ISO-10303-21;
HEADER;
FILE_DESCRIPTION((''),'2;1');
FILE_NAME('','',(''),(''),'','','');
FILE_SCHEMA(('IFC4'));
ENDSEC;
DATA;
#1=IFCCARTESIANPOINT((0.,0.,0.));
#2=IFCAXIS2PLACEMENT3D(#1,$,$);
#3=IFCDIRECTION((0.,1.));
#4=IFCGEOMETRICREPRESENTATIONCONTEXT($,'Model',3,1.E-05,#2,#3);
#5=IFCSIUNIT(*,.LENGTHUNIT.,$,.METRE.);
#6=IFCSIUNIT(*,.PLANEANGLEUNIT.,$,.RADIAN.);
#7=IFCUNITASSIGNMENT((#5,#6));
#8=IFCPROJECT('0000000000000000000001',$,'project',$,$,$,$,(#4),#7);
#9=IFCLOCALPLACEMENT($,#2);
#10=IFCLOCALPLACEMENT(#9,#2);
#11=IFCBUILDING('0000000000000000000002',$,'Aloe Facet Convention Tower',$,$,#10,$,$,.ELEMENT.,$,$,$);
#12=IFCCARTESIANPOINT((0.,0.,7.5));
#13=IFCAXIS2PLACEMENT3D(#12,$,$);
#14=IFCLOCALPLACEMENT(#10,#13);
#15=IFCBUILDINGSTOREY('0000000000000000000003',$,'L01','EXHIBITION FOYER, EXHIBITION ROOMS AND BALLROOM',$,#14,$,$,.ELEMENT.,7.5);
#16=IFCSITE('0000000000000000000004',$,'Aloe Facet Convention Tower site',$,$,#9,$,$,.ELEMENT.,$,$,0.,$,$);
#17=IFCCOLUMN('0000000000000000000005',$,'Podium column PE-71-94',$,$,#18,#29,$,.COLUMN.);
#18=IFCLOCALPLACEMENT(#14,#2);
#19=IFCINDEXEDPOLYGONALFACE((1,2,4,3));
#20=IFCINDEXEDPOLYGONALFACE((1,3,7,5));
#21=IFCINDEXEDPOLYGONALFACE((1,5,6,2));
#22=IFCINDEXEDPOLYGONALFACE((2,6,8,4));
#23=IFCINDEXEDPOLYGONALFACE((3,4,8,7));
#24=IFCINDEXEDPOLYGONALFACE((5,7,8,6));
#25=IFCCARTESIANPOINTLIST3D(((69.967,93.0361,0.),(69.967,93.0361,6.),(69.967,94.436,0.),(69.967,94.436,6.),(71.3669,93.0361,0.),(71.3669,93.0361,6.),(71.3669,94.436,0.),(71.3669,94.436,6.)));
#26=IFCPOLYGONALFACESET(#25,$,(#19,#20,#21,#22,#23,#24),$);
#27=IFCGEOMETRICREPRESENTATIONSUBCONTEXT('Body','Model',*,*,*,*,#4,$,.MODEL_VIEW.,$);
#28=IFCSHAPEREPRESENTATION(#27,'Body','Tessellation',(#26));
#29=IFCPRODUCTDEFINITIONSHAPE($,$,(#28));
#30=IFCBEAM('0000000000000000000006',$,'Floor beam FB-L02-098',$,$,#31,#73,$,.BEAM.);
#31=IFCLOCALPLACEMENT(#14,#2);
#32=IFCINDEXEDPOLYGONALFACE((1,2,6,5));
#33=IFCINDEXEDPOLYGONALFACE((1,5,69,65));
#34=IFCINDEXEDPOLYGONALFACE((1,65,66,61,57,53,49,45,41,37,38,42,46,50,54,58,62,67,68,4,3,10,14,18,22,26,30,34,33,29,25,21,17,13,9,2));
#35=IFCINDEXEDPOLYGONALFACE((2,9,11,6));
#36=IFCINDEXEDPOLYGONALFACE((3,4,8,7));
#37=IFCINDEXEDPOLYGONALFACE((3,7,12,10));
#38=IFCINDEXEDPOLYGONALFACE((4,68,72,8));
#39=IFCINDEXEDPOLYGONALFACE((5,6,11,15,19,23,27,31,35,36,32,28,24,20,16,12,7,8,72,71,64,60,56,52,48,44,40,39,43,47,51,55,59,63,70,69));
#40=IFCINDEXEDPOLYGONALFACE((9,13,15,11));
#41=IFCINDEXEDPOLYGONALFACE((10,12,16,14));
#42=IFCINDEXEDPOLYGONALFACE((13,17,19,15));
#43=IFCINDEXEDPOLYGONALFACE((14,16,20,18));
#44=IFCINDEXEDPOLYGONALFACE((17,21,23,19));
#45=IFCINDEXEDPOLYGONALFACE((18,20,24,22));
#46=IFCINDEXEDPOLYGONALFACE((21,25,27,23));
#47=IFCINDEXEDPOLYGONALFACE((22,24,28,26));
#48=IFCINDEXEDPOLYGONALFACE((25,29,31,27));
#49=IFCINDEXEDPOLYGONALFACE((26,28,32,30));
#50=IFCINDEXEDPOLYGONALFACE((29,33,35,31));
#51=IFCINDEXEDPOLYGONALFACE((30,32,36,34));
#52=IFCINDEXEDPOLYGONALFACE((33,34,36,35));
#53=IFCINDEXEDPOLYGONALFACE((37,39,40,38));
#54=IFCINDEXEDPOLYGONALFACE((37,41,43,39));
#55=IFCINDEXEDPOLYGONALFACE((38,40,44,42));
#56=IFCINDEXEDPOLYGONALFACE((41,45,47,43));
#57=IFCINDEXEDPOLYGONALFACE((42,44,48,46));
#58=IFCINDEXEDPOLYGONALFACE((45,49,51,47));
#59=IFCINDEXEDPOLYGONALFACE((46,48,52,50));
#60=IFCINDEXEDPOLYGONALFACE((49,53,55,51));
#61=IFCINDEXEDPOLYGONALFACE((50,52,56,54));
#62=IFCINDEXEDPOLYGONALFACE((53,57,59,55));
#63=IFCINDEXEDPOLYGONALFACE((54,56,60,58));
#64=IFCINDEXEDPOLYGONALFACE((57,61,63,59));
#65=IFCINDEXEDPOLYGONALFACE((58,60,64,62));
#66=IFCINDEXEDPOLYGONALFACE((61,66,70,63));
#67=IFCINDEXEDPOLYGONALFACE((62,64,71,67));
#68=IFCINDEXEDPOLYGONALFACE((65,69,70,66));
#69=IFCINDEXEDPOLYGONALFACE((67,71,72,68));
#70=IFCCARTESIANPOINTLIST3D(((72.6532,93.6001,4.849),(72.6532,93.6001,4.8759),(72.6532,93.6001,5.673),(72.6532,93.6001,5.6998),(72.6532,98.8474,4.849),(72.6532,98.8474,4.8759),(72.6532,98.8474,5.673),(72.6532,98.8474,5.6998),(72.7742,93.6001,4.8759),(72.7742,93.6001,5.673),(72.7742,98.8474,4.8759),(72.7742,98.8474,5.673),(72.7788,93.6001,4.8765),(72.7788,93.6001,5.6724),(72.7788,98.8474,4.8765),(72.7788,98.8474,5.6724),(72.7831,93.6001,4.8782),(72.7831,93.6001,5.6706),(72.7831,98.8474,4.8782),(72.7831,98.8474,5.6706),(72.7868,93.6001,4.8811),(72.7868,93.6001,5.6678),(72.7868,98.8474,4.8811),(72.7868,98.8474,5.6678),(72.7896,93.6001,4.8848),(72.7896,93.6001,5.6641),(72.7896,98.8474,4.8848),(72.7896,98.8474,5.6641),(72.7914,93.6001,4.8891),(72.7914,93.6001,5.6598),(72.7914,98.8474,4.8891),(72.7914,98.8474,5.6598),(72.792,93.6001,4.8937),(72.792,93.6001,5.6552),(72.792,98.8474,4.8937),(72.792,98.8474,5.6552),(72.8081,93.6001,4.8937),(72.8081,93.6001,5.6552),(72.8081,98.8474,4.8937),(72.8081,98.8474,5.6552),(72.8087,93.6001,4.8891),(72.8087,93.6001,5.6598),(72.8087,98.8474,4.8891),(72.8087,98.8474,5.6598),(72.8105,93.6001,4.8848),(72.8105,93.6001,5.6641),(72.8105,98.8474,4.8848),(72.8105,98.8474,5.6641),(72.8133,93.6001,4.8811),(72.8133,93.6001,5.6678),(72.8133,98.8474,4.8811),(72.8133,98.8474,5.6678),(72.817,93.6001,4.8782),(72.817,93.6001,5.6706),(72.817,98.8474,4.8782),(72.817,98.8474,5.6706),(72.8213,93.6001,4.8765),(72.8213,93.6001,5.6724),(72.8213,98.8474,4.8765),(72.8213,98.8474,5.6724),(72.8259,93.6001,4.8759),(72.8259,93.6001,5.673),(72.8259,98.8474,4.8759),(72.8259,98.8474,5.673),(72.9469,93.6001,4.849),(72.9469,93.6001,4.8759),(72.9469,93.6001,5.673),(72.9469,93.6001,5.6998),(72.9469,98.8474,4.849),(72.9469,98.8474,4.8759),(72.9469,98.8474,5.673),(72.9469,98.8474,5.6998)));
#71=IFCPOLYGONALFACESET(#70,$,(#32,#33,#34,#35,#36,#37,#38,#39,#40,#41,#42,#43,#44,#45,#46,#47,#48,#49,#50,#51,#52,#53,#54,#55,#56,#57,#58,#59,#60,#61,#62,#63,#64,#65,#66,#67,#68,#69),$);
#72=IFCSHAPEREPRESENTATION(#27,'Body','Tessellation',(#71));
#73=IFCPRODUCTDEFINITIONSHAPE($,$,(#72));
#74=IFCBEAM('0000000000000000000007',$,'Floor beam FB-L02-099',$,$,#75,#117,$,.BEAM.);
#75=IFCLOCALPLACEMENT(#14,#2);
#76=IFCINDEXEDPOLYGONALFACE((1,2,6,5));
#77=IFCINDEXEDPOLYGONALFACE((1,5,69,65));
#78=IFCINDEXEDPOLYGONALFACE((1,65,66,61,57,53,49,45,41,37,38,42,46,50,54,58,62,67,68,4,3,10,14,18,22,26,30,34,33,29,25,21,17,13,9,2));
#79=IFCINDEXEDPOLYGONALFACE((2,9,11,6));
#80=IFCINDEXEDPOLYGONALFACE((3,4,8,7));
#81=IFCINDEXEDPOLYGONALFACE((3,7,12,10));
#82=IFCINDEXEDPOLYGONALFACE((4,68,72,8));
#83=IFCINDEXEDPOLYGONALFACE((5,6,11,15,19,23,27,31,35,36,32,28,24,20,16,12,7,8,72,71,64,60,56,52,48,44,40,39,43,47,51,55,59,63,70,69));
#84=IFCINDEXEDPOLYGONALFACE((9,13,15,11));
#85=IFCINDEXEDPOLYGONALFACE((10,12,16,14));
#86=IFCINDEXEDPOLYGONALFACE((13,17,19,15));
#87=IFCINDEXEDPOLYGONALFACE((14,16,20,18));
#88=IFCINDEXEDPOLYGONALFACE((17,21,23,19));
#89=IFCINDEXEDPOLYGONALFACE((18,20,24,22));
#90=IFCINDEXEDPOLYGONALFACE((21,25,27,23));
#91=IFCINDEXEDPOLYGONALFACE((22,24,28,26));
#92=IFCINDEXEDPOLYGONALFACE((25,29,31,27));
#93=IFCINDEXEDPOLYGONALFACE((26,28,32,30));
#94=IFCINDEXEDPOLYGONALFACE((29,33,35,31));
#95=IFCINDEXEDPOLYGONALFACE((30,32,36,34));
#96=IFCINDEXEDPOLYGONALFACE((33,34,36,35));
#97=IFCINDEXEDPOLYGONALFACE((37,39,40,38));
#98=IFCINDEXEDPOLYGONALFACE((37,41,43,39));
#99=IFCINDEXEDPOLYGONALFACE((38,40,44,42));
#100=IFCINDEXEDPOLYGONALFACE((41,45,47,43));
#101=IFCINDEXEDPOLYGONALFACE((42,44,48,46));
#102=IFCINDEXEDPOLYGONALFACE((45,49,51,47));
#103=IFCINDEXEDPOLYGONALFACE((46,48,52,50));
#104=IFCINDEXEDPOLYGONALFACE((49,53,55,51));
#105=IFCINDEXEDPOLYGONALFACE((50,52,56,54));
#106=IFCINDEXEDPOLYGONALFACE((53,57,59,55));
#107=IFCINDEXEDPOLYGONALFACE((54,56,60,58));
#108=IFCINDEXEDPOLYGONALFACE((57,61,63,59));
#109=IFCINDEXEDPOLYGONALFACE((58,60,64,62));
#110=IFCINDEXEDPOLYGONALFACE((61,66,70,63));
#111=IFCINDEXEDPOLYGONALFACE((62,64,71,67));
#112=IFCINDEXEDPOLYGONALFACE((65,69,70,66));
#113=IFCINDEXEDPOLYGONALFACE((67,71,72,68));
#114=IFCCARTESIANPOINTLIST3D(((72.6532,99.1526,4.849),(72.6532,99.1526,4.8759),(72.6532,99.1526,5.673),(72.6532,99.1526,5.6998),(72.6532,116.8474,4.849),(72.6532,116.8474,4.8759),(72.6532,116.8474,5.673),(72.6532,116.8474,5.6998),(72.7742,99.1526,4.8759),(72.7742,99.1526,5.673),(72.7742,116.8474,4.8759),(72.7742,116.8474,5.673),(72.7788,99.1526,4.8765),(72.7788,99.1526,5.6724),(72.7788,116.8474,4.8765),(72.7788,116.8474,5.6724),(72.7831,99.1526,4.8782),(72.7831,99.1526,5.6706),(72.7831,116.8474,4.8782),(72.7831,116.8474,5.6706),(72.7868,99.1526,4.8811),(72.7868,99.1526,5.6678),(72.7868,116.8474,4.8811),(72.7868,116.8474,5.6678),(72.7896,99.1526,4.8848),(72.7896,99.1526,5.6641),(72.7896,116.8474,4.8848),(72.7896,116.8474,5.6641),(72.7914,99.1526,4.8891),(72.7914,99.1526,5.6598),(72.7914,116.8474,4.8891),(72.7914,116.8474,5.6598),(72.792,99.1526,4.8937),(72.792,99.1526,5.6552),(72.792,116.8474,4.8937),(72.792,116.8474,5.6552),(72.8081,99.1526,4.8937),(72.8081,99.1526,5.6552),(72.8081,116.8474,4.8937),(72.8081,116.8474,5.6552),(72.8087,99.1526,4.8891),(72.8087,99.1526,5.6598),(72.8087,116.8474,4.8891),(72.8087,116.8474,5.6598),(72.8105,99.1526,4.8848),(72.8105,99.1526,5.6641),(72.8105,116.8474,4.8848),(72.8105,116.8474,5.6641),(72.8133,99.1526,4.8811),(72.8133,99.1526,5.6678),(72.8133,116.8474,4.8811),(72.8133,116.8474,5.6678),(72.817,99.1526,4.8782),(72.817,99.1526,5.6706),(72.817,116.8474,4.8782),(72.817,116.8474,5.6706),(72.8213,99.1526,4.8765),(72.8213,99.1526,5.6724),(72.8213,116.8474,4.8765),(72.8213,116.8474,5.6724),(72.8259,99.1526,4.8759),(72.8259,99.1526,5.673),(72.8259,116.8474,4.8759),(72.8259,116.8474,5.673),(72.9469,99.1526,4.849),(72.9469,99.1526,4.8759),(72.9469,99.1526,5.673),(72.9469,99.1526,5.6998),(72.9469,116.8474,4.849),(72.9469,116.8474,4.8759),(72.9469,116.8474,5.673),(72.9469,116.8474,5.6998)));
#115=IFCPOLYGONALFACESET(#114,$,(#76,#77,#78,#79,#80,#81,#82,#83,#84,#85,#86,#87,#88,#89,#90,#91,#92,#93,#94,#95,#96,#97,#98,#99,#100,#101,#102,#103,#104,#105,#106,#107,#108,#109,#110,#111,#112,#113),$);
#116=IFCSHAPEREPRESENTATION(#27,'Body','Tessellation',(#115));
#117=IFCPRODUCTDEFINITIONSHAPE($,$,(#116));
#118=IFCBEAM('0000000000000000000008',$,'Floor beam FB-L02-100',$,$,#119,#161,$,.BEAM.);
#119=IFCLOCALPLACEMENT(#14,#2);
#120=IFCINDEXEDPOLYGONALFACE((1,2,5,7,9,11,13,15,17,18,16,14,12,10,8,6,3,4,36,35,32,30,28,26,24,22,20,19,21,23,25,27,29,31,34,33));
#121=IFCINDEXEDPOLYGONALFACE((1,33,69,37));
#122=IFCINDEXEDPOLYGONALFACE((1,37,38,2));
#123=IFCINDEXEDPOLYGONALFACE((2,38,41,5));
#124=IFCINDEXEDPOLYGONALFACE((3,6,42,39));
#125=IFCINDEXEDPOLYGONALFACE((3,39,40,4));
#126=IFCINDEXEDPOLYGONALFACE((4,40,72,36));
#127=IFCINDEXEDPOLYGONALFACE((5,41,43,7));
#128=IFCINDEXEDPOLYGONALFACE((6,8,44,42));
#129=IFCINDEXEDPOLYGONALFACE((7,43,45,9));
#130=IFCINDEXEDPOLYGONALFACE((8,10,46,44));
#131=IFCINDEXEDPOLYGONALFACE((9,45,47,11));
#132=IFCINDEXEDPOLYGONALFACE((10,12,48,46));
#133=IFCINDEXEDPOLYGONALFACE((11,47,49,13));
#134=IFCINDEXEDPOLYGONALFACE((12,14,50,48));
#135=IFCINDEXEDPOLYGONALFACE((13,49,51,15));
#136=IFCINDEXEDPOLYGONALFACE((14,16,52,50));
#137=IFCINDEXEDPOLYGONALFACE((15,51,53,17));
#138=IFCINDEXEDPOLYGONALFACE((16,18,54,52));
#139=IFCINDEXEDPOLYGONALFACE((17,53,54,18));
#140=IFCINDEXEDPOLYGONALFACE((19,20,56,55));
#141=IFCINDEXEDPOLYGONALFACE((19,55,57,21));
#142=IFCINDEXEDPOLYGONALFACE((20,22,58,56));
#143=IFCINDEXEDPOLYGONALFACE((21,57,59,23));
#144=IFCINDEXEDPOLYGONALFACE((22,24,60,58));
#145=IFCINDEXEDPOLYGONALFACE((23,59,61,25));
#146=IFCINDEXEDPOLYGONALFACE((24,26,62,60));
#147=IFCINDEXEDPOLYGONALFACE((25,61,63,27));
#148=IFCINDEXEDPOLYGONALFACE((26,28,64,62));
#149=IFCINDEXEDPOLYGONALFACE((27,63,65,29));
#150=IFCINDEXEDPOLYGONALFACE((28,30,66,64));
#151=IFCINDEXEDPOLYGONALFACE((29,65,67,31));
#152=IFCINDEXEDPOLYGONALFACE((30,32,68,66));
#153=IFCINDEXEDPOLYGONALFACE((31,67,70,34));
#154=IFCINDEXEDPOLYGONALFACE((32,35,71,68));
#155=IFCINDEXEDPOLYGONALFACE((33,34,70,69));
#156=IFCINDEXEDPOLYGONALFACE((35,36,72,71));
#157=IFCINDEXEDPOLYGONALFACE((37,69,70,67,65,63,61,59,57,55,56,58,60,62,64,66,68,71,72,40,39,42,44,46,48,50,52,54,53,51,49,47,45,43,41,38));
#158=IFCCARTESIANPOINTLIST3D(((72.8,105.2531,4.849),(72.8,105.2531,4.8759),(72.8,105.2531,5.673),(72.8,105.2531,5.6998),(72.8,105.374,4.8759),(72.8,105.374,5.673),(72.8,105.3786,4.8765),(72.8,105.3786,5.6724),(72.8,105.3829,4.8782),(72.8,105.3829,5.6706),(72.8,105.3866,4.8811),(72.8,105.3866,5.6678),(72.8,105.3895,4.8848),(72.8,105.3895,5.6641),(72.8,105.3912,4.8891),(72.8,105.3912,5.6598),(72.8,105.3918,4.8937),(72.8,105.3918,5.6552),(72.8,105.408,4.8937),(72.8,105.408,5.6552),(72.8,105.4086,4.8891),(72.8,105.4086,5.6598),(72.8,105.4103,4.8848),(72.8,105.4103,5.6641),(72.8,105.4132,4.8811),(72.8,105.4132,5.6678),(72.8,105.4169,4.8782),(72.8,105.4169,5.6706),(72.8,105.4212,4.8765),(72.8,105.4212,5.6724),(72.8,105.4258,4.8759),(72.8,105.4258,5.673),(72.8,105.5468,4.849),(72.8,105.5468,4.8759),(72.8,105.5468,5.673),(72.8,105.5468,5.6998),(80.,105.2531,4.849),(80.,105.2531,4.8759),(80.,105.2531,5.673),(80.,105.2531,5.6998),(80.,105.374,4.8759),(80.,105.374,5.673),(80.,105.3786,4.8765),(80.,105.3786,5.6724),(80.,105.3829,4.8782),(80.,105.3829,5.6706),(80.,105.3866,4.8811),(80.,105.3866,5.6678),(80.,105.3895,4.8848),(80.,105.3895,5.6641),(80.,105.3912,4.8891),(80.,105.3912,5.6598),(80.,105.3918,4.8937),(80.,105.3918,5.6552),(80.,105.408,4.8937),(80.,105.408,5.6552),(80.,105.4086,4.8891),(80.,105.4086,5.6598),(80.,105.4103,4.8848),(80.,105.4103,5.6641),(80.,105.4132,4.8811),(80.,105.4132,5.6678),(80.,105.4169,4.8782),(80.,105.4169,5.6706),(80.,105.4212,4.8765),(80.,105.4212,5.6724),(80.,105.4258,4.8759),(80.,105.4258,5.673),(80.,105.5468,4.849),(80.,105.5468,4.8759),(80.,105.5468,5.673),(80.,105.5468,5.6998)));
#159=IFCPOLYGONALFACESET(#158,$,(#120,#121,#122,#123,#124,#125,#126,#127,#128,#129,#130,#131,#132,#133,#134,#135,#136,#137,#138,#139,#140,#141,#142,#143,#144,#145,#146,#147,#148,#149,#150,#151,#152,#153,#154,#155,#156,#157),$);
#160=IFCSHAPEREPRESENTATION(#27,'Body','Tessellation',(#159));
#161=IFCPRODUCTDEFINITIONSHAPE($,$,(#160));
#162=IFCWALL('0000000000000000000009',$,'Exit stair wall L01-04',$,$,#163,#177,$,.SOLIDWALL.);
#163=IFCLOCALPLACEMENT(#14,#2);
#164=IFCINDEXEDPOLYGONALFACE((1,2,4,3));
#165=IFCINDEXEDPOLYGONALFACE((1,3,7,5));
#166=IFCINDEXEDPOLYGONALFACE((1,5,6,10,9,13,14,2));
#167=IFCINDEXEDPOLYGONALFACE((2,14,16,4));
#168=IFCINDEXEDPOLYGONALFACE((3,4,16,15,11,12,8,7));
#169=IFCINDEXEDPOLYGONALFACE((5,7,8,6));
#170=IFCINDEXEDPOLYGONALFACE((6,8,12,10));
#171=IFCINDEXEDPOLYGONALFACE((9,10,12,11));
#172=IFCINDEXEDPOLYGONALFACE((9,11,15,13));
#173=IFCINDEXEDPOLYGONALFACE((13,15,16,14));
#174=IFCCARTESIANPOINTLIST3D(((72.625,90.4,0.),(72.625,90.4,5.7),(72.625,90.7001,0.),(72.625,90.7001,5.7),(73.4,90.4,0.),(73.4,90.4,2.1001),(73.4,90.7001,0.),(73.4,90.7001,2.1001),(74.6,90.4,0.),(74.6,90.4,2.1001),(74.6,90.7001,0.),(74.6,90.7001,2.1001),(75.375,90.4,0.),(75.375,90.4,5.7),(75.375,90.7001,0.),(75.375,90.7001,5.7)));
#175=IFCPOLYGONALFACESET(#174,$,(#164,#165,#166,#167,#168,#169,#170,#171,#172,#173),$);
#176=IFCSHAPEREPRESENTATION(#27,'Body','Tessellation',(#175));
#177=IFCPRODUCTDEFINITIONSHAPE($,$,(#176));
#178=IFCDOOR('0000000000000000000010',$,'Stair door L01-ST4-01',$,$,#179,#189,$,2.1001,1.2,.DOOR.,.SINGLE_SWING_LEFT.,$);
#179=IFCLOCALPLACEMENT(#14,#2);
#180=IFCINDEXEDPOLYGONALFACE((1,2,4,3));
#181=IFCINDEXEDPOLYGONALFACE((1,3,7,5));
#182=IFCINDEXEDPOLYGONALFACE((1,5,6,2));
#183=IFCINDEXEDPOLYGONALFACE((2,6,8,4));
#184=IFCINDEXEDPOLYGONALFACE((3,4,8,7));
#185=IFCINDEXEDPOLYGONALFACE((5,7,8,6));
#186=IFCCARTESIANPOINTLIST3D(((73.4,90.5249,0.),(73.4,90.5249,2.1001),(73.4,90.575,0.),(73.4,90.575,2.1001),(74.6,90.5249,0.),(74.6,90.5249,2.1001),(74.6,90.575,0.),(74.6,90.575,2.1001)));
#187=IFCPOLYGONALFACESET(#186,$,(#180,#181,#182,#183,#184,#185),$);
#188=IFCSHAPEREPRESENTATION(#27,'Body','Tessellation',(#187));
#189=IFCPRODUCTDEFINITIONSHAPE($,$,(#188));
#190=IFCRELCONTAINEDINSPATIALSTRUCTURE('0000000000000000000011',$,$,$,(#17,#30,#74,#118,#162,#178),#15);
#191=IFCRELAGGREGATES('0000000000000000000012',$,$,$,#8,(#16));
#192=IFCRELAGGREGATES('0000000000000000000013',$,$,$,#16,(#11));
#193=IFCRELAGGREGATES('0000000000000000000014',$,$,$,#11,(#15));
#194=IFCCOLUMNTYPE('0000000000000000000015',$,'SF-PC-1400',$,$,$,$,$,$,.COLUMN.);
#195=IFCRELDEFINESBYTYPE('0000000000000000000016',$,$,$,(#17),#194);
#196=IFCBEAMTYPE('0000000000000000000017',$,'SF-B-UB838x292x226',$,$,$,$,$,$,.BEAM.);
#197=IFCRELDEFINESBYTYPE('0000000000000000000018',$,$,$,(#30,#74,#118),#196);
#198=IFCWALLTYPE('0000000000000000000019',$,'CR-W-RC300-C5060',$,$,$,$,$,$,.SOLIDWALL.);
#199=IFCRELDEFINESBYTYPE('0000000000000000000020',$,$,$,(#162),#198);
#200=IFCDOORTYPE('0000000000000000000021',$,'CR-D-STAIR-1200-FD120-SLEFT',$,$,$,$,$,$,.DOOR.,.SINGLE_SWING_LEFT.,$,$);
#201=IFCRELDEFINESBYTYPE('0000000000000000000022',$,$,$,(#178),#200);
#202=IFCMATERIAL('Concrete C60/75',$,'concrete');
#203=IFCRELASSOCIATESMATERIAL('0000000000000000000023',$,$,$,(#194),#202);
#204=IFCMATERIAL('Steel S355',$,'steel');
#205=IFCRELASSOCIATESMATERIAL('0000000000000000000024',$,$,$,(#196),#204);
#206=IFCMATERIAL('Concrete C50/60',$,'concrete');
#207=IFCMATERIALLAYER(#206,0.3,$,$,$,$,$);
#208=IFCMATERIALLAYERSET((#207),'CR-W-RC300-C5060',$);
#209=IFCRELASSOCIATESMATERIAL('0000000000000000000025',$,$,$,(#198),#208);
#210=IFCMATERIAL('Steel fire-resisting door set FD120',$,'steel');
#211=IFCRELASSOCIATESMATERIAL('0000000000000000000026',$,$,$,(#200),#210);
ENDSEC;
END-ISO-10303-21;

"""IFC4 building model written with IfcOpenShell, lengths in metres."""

from ifc_helpers import new_model, si_unit, direction, frame, frame_2d, origin, origin_2d, place, context, subcontext, project, spatial, rectangle, i_section, extrude, material, layer, layer_set, material_profile, profile_set, type_object, element, fill, save


model = new_model("IFC4")

# Units and contexts
model_context = context("Model", 3, precision=1e-05, world=origin(), true_north=direction((0.0, 1.0)))
body_context = subcontext(model_context, "Body", "Model", "MODEL_VIEW")
ifc_project = project(units=[si_unit("LENGTHUNIT", "METRE"), si_unit("PLANEANGLEUNIT", "RADIAN")], contexts=[model_context])

# Site, building, storey
site_placement = place(None, origin())
site = spatial("IfcSite", under=ifc_project, at=site_placement, Name="Aloe Facet Convention Tower site", CompositionType="ELEMENT", RefElevation=0.0)
building_placement = place(site_placement, origin())
building = spatial("IfcBuilding", under=site, at=building_placement, Name="Aloe Facet Convention Tower", CompositionType="ELEMENT")
storey_placement = place(building_placement, frame((0.0, 0.0, 7.5)))
storey = spatial("IfcBuildingStorey", under=building, at=storey_placement, Name="L01", Description="EXHIBITION FOYER, EXHIBITION ROOMS AND BALLROOM", CompositionType="ELEMENT", Elevation=7.5)

# Column
ifc_material_1 = material(Name="Concrete C60/75", Category="concrete")
ifc_material_profile_1 = material_profile(ifc_material_1, rectangle(XDim=1.3999, YDim=1.3999, at=origin_2d()), Name="SF-PC-1400")
ifc_profile_set_1 = profile_set([ifc_material_profile_1], Name="Concrete C60/75")
column_type = type_object("IfcColumnType", Name="SF-PC-1400", PredefinedType="COLUMN", material=ifc_profile_set_1)
column_placement = place(storey_placement, frame((70.667, 93.7361, 0.0), z_axis=(0.0, 0.0, 1.0), x_axis=(1.0, 0.0, 0.0)))
element("IfcColumn", 1, at=column_placement, inside=storey, type_object=column_type, Name="Podium column PE-71-94", PredefinedType="COLUMN", context=body_context, shape_type="SweptSolid", body=[
    extrude(rectangle(XDim=1.3999, YDim=1.3999, at=origin_2d()), origin(), (0.0, 0.0, 1.0), 6.0),
])

# Beams
ifc_material_2 = material(Name="Steel S355", Category="steel")
ifc_material_profile_2 = material_profile(ifc_material_2, i_section(OverallWidth=0.2937, OverallDepth=0.8508, WebThickness=0.0161, FlangeThickness=0.0269, FilletRadius=0.0178, at=origin_2d()), Name="UB 838x292x226")
ifc_profile_set_2 = profile_set([ifc_material_profile_2], Name="Steel S355")
beam_type = type_object("IfcBeamType", Name="SF-B-UB838x292x226", PredefinedType="BEAM", material=ifc_profile_set_2)
beam_1_placement = place(storey_placement, frame((72.8, 93.6001, 5.2744), z_axis=(0.0, 1.0, 0.0), x_axis=(-1.0, 0.0, 0.0)))
element("IfcBeam", 2, at=beam_1_placement, inside=storey, type_object=beam_type, Name="Floor beam FB-L02-098", PredefinedType="BEAM", context=body_context, shape_type="SweptSolid", body=[
    extrude(i_section(OverallWidth=0.2937, OverallDepth=0.8508, WebThickness=0.0161, FlangeThickness=0.0269, FilletRadius=0.0178, at=origin_2d()), origin(), (0.0, 0.0, 1.0), 5.2473),
])
beam_2_placement = place(storey_placement, frame((72.8, 99.1526, 5.2744), z_axis=(0.0, 1.0, 0.0), x_axis=(-1.0, 0.0, 0.0)))
element("IfcBeam", 3, at=beam_2_placement, inside=storey, type_object=beam_type, Name="Floor beam FB-L02-099", PredefinedType="BEAM", context=body_context, shape_type="SweptSolid", body=[
    extrude(i_section(OverallWidth=0.2937, OverallDepth=0.8508, WebThickness=0.0161, FlangeThickness=0.0269, FilletRadius=0.0178, at=origin_2d()), origin(), (0.0, 0.0, 1.0), 17.6948),
])
beam_3_placement = place(storey_placement, frame((72.8, 105.3999, 5.2744), z_axis=(1.0, 0.0, 0.0), x_axis=(0.0, 1.0, 0.0)))
element("IfcBeam", 4, at=beam_3_placement, inside=storey, type_object=beam_type, Name="Floor beam FB-L02-100", PredefinedType="BEAM", context=body_context, shape_type="SweptSolid", body=[
    extrude(i_section(OverallWidth=0.2937, OverallDepth=0.8508, WebThickness=0.0161, FlangeThickness=0.0269, FilletRadius=0.0178, at=origin_2d()), origin(), (0.0, 0.0, 1.0), 7.2),
])

# Wall, opening, door
ifc_material_3 = material(Name="Concrete C50/60", Category="concrete")
ifc_layer_1 = layer(ifc_material_3, 0.3)
ifc_layer_set_1 = layer_set([ifc_layer_1], Name="CR-W-RC300-C5060")
wall_type_1 = type_object("IfcWallType", Name="CR-W-RC300-C5060", PredefinedType="SOLIDWALL", material=ifc_layer_set_1)
wall_1_placement = place(storey_placement, frame((72.625, 90.55, 0.0), z_axis=(0.0, 0.0, 1.0), x_axis=(1.0, 0.0, 0.0)))
wall_1 = element("IfcWall", 5, at=wall_1_placement, inside=storey, type_object=wall_type_1, Name="Exit stair wall L01-04", PredefinedType="SOLIDWALL", context=body_context, shape_type="SweptSolid", body=[
    extrude(rectangle(XDim=2.75, YDim=0.3, at=frame_2d((1.375, 0.0))), origin(), (0.0, 0.0, 1.0), 5.7),
])
opening_1_placement = place(wall_1_placement, frame((0.7749, 0.0, 0.0)))
opening_1 = element("IfcOpeningElement", 6, at=opening_1_placement, cuts=wall_1, PredefinedType="OPENING", context=body_context, shape_type="SweptSolid", body=[
    extrude(rectangle(XDim=1.2, YDim=2.1001, at=frame_2d((0.6001, 1.05))), frame((0.0, 0.1602, 0.0), z_axis=(0.0, -1.0, 0.0), x_axis=(1.0, 0.0, 0.0)), (0.0, 0.0, 1.0), 0.3201),
])
ifc_material_4 = material(Name="Steel fire-resisting door set FD120", Category="steel")
door_type_1 = type_object("IfcDoorType", Name="CR-D-STAIR-1200-FD120-SLEFT", OperationType="SINGLE_SWING_LEFT", PredefinedType="DOOR", material=ifc_material_4)
door_1_placement = place(opening_1_placement, origin())
door_1 = element("IfcDoor", 7, at=door_1_placement, inside=storey, type_object=door_type_1, Name="Stair door L01-ST4-01", OperationType="SINGLE_SWING_LEFT", OverallHeight=2.1001, OverallWidth=1.2, PredefinedType="DOOR", context=body_context, shape_type="SweptSolid", body=[
    extrude(rectangle(XDim=1.2, YDim=2.1001, at=frame_2d((0.6001, 1.05))), frame((0.0, 0.0249, 0.0), z_axis=(0.0, -1.0, 0.0), x_axis=(1.0, 0.0, 0.0)), (0.0, 0.0, 1.0), 0.05),
])
fill(opening_1, door_1)

save(model, "model.ifc")
